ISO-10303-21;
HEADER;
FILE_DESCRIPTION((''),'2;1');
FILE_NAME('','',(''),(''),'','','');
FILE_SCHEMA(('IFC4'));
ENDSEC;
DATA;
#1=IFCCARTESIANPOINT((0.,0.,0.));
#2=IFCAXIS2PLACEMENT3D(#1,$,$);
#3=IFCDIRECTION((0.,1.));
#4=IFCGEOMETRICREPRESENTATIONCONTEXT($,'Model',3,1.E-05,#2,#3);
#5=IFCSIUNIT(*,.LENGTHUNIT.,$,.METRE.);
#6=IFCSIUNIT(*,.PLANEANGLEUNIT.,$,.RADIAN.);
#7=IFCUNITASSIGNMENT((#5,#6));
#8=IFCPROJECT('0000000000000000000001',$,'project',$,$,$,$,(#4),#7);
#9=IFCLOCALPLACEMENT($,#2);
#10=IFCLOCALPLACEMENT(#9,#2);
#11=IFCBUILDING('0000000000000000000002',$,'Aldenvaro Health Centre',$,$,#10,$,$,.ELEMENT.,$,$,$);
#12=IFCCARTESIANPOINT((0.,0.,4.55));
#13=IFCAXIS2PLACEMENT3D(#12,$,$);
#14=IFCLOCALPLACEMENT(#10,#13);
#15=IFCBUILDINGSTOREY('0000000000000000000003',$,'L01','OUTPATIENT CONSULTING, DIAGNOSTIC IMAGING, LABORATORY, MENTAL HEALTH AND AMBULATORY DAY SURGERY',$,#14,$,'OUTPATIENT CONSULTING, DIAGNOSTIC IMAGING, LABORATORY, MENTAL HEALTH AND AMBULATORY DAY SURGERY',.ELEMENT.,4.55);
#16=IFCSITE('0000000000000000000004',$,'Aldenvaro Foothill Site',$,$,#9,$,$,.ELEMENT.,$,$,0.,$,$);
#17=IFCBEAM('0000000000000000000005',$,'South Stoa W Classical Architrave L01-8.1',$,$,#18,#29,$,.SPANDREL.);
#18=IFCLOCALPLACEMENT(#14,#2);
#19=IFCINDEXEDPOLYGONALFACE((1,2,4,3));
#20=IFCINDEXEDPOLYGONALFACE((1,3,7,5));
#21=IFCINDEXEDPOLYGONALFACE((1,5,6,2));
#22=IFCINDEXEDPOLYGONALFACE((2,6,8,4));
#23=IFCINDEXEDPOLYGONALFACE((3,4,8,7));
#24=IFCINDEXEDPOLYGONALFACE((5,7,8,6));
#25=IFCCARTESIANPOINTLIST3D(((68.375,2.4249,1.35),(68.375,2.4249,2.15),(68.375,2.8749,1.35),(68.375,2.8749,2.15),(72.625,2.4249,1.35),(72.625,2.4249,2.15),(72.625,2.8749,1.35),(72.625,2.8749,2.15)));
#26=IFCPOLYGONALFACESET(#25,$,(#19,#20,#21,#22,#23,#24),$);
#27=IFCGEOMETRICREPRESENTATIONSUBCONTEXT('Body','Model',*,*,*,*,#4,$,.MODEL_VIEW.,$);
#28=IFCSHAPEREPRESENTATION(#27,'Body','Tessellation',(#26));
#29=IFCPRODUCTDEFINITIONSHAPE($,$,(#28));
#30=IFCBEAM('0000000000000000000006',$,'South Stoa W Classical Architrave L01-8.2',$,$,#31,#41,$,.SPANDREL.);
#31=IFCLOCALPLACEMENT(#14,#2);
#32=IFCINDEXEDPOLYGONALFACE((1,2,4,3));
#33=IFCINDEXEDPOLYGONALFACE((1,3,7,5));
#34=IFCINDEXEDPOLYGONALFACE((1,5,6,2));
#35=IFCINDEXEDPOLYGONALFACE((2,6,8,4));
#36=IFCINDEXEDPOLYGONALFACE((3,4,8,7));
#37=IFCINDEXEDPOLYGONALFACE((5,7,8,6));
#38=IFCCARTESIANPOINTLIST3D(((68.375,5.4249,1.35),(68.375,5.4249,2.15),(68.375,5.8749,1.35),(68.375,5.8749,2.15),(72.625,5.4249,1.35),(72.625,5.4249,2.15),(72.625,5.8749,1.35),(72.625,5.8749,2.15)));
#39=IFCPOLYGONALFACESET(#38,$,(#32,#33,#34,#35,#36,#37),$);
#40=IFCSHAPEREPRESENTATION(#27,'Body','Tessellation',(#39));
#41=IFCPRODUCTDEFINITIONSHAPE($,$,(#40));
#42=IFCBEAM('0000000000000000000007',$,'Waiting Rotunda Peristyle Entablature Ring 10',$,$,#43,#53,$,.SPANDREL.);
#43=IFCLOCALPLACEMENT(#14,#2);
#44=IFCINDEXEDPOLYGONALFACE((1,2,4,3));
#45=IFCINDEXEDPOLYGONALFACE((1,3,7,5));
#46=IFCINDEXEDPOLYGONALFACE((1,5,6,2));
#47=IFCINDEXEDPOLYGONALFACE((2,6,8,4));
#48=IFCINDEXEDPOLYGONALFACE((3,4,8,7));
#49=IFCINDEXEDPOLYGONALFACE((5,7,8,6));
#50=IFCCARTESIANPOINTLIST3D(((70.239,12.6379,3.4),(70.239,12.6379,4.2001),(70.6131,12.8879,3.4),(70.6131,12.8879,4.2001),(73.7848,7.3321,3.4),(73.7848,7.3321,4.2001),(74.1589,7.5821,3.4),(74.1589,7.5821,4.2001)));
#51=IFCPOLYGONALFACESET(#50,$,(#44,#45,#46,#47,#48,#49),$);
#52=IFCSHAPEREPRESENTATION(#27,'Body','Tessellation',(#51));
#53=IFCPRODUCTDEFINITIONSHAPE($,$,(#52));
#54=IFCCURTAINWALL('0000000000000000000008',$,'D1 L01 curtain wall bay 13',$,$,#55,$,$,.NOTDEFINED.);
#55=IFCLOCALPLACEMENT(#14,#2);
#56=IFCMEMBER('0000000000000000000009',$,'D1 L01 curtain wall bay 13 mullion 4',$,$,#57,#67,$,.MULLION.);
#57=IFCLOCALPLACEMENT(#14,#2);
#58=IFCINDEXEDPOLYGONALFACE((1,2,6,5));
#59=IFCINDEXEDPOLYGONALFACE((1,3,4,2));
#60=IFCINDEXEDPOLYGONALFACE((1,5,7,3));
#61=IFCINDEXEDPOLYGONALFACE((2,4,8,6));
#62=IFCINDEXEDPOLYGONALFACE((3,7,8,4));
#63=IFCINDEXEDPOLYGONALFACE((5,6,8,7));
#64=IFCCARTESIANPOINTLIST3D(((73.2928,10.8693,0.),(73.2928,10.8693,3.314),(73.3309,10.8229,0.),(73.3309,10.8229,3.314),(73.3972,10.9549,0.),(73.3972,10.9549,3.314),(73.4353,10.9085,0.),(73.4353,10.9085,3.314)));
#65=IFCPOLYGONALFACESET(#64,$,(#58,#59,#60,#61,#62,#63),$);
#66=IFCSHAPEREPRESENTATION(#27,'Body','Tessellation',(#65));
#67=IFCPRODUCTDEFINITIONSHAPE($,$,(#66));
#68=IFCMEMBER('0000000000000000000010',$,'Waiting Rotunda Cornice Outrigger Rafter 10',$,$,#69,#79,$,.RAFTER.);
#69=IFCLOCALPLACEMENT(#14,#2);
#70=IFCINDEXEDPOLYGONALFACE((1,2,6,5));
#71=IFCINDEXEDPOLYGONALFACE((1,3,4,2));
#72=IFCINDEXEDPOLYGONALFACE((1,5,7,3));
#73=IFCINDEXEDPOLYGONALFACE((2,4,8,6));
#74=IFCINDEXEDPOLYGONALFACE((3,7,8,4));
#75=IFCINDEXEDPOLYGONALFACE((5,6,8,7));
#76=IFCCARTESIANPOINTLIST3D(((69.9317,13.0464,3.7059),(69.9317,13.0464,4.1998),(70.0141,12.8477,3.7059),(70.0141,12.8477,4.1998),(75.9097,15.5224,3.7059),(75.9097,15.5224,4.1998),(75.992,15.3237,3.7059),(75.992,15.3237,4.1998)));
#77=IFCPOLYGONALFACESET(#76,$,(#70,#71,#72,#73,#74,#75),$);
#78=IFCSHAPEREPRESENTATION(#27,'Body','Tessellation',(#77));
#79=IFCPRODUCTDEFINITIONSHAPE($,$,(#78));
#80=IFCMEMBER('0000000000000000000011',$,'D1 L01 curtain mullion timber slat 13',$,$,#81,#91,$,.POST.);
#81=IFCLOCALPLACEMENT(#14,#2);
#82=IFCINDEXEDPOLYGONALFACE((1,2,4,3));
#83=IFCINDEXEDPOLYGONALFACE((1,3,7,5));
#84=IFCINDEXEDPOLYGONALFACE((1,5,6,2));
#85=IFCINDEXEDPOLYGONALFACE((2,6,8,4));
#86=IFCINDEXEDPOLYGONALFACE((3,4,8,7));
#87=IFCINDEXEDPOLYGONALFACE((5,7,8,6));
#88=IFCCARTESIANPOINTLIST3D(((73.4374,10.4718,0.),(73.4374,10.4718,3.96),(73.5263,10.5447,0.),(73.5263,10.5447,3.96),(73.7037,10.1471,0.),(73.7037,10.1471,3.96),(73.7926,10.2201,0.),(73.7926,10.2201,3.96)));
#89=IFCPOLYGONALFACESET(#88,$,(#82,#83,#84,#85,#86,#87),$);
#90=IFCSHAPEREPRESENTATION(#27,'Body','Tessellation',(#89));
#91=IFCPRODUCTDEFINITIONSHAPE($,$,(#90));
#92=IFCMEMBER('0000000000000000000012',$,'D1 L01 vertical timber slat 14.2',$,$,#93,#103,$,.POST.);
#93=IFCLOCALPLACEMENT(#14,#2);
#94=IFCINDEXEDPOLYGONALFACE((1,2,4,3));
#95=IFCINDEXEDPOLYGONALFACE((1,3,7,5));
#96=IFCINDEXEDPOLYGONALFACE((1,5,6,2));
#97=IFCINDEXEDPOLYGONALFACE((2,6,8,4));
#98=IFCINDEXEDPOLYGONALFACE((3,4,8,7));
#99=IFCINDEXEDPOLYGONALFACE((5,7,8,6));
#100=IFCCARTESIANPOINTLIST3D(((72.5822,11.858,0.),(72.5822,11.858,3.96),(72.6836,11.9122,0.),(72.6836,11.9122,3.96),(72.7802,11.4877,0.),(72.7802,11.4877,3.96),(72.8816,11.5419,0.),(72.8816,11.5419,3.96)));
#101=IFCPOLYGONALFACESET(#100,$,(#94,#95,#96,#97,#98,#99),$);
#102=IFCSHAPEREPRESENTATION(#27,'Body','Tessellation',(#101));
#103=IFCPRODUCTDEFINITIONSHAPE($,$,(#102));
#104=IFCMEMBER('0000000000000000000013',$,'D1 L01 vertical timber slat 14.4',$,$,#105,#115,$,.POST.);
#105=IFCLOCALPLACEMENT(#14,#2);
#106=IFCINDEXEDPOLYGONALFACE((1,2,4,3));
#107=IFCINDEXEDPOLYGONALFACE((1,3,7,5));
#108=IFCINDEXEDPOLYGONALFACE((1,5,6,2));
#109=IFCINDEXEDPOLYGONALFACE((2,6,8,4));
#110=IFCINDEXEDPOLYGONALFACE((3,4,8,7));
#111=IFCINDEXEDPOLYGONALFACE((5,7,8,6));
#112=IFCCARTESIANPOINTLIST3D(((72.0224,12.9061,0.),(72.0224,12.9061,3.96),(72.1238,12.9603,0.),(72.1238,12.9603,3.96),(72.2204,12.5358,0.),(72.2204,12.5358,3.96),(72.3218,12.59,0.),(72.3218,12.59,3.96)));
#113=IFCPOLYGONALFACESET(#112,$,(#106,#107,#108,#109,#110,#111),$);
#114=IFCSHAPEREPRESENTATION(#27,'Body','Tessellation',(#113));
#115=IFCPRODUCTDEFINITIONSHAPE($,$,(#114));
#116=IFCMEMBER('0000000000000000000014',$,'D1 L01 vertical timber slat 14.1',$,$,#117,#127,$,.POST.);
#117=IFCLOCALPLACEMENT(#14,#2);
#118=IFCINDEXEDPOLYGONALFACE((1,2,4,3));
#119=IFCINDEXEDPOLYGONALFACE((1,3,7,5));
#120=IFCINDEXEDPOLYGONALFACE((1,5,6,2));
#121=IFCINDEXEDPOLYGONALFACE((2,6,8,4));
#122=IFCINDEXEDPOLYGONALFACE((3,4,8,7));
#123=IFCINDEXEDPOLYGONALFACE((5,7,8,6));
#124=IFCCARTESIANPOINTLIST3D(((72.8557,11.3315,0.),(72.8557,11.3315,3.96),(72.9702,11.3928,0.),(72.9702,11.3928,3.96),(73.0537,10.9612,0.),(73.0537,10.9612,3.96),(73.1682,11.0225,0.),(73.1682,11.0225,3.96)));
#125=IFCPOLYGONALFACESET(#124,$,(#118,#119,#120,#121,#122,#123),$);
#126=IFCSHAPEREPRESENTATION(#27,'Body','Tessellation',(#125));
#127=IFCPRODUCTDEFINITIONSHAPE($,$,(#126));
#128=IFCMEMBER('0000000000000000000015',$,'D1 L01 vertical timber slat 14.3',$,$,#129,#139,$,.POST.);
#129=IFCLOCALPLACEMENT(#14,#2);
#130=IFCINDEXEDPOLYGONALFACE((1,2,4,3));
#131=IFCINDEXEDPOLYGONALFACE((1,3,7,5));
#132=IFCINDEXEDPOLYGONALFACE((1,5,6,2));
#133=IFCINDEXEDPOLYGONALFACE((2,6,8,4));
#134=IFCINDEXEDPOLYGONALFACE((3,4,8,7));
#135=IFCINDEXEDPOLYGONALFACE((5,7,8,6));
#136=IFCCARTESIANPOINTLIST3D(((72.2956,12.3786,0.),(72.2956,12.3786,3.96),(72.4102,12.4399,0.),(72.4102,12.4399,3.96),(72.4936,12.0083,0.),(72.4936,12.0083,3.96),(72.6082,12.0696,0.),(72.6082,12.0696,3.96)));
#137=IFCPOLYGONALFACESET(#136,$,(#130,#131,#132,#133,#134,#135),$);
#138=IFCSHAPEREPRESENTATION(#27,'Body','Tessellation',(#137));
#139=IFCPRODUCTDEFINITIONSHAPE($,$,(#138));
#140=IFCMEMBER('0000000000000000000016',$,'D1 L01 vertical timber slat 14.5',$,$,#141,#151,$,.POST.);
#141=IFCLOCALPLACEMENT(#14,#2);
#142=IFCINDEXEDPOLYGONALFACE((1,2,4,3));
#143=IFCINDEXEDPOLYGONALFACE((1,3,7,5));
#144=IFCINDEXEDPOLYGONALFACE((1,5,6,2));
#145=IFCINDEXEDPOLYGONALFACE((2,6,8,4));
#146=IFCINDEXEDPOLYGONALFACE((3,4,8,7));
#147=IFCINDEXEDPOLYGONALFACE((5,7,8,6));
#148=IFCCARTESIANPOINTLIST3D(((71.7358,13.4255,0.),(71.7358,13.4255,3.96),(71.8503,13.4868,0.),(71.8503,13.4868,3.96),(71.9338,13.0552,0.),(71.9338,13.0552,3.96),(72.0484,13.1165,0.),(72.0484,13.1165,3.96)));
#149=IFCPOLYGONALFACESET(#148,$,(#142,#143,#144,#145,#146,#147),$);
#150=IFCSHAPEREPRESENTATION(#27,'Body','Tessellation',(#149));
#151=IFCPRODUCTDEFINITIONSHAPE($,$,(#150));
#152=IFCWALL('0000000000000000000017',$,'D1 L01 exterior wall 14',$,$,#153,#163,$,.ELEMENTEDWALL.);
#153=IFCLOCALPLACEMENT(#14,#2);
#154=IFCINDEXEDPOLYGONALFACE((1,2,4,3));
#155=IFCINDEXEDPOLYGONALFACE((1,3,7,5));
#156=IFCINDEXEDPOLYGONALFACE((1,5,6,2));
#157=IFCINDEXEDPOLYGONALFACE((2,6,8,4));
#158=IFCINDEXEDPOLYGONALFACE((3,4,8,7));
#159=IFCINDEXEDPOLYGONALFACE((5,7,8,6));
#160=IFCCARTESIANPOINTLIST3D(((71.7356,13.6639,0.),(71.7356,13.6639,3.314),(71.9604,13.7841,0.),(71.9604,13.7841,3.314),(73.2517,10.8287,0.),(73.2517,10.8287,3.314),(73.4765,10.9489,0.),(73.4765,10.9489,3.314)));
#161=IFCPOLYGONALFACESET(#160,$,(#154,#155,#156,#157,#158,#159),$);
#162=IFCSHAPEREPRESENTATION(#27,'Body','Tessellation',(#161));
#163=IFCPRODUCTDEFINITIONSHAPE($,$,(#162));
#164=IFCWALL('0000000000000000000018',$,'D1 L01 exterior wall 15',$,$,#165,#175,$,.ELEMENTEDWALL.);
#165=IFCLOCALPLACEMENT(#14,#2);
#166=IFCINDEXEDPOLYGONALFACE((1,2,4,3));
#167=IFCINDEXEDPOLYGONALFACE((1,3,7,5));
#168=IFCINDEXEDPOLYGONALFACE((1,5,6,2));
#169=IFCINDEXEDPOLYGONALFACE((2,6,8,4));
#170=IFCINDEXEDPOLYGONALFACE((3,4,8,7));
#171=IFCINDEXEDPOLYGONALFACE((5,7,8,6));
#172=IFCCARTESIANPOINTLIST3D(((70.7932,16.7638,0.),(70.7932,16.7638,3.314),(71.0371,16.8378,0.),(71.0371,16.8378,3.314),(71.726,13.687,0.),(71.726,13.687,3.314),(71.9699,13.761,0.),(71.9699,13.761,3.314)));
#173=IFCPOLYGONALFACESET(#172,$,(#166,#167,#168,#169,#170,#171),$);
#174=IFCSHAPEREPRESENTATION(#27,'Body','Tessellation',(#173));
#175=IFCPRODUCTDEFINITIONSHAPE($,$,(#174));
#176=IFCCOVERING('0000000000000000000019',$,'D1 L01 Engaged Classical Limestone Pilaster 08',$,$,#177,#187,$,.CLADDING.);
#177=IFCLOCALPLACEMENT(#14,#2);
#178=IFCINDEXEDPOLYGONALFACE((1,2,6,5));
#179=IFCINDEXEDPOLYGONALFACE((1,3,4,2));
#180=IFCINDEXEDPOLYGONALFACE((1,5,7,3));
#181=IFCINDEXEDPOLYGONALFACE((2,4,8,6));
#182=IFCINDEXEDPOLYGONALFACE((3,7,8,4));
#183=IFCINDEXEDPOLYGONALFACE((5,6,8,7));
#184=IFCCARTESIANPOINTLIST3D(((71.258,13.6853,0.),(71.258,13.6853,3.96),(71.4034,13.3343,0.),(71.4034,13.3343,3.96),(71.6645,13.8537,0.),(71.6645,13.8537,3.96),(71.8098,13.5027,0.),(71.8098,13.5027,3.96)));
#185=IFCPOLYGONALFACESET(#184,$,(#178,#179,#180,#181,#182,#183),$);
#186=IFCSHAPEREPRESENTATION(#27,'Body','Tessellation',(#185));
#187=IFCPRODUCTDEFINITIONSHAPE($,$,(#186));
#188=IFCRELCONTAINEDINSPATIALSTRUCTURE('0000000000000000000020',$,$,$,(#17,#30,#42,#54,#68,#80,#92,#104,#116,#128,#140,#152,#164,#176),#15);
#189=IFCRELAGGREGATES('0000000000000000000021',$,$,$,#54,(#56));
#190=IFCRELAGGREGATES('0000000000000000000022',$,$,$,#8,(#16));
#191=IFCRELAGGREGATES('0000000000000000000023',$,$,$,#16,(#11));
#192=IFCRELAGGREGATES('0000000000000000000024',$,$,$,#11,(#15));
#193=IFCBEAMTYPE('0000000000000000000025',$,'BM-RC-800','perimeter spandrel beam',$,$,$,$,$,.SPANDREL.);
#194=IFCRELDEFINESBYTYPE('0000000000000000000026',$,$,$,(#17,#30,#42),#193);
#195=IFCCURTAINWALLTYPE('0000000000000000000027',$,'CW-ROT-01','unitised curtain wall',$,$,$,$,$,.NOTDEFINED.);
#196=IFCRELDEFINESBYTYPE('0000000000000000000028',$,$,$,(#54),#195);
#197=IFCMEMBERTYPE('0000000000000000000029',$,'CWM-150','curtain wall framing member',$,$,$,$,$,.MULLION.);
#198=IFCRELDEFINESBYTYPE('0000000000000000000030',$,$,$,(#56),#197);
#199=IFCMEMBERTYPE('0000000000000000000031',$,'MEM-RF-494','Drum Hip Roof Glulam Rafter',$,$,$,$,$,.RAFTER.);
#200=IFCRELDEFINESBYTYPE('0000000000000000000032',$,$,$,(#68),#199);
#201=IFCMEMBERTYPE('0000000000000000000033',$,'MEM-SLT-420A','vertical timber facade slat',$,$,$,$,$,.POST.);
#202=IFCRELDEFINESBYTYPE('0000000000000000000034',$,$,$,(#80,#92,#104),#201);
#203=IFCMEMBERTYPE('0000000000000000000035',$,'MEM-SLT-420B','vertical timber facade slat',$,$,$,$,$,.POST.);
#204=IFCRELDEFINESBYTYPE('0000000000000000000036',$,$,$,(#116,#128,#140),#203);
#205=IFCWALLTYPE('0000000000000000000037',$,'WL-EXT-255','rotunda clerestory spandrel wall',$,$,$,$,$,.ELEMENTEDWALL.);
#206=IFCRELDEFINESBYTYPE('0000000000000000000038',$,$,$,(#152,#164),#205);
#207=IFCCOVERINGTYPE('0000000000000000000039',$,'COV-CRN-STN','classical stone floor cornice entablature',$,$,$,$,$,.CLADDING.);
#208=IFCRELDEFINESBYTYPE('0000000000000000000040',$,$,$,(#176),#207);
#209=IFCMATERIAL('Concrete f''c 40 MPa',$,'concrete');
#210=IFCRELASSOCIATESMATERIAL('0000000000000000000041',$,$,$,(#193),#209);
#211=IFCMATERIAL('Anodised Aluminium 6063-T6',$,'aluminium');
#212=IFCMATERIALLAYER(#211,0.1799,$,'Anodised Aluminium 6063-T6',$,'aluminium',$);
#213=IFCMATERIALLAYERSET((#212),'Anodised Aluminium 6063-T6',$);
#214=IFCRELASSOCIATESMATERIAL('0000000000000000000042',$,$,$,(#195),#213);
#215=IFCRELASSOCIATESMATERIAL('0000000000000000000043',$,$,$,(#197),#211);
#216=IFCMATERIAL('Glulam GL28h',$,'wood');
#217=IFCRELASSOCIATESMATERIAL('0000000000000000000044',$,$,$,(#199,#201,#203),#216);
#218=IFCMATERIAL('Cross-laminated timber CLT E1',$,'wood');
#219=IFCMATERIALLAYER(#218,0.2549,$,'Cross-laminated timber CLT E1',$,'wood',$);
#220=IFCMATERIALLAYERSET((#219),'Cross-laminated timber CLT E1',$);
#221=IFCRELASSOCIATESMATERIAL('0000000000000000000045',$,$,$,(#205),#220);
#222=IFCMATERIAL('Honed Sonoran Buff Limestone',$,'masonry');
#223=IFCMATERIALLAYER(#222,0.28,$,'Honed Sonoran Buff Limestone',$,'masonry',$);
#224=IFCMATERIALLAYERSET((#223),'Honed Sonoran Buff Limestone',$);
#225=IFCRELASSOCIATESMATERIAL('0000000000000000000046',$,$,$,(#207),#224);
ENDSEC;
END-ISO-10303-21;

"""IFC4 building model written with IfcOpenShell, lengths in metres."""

from ifc_helpers import new_model, si_unit, direction, frame, frame_2d, origin, origin_2d, place, context, subcontext, project, spatial, rectangle, extrude, material, layer, layer_set, material_profile, profile_set, type_object, element, aggregate, save


model = new_model("IFC4")

# Units and contexts
model_context = context("Model", 3, precision=1e-05, world=origin(), true_north=direction((0.0, 1.0)))
body_context = subcontext(model_context, "Body", "Model", "MODEL_VIEW")
ifc_project = project(units=[si_unit("LENGTHUNIT", "METRE"), si_unit("PLANEANGLEUNIT", "RADIAN")], contexts=[model_context])

# Site, building, storey
site_placement = place(None, origin())
site = spatial("IfcSite", under=ifc_project, at=site_placement, Name="Aldenvaro Foothill Site", CompositionType="ELEMENT", RefElevation=0.0)
building_placement = place(site_placement, origin())
building = spatial("IfcBuilding", under=site, at=building_placement, Name="Aldenvaro Health Centre", CompositionType="ELEMENT")
storey_placement = place(building_placement, frame((0.0, 0.0, 4.55)))
storey = spatial("IfcBuildingStorey", under=building, at=storey_placement, Name="L01", Description="OUTPATIENT CONSULTING, DIAGNOSTIC IMAGING, LABORATORY, MENTAL HEALTH AND AMBULATORY DAY SURGERY", LongName="OUTPATIENT CONSULTING, DIAGNOSTIC IMAGING, LABORATORY, MENTAL HEALTH AND AMBULATORY DAY SURGERY", CompositionType="ELEMENT", Elevation=4.55)

# Shared definitions
ifc_material_1 = material(Name="Glulam GL28h", Category="wood")
ifc_material_2 = material(Name="Concrete f'c 40 MPa", Category="concrete")

# Beams
ifc_material_profile_1 = material_profile(ifc_material_2, rectangle(XDim=0.45, YDim=0.8, at=origin_2d()), Name="RC 450x800", Category="concrete")
ifc_profile_set_1 = profile_set([ifc_material_profile_1], Name="Concrete f'c 40 MPa")
beam_type_1 = type_object("IfcBeamType", Name="BM-RC-800", Description="perimeter spandrel beam", PredefinedType="SPANDREL", material=ifc_profile_set_1)
for number, where, z_axis, x_axis, name in (
    (1, (68.375, 2.6499, 1.75), (1.0, 0.0, 0.0), (0.0, 1.0, 0.0), "South Stoa W Classical Architrave L01-8.1"),
    (2, (68.375, 5.6499, 1.75), (1.0, 0.0, 0.0), (0.0, 1.0, 0.0), "South Stoa W Classical Architrave L01-8.2"),
):
    element("IfcBeam", number, at=place(storey_placement, frame(where, z_axis=z_axis, x_axis=x_axis)), inside=storey, type_object=beam_type_1, Name=name, PredefinedType="SPANDREL", context=body_context, shape_type="SweptSolid", body=[
        extrude(rectangle(XDim=0.45, YDim=0.8, at=origin_2d()), origin(), (0.0, 0.0, 1.0), 4.25),
    ])
beam_1_placement = place(storey_placement, frame((70.426, 12.7629, 3.8), z_axis=(0.555636, -0.831426, 0.0), x_axis=(0.831426, 0.555636, 0.0)))
element("IfcBeam", 3, at=beam_1_placement, inside=storey, type_object=beam_type_1, Name="Waiting Rotunda Peristyle Entablature Ring 10", PredefinedType="SPANDREL", context=body_context, shape_type="SweptSolid", body=[
    extrude(rectangle(XDim=0.45, YDim=0.8, at=origin_2d()), origin(), (0.0, 0.0, 1.0), 6.3816),
])

# Curtain wall, member
ifc_material_3 = material(Name="Anodised Aluminium 6063-T6", Category="aluminium")
ifc_layer_1 = layer(ifc_material_3, 0.1799, Name="Anodised Aluminium 6063-T6", Category="aluminium")
ifc_layer_set_1 = layer_set([ifc_layer_1], Name="Anodised Aluminium 6063-T6")
curtain_wall_type = type_object("IfcCurtainWallType", Name="CW-ROT-01", Description="unitised curtain wall", PredefinedType="NOTDEFINED", material=ifc_layer_set_1)
curtain_wall_placement = place(storey_placement, origin())
curtain_wall = element("IfcCurtainWall", 4, at=curtain_wall_placement, inside=storey, type_object=curtain_wall_type, Name="D1 L01 curtain wall bay 13", PredefinedType="NOTDEFINED")
ifc_material_profile_2 = material_profile(ifc_material_3, rectangle(XDim=0.0601, YDim=0.135, at=origin_2d()), Name="ALU 60x135", Category="aluminium")
ifc_profile_set_2 = profile_set([ifc_material_profile_2], Name="Anodised Aluminium 6063-T6")
member_type_1 = type_object("IfcMemberType", Name="CWM-150", Description="curtain wall framing member", PredefinedType="MULLION", material=ifc_profile_set_2)
member_1_placement = place(storey_placement, frame((73.364, 10.8889, 0.0), z_axis=(0.0, 0.0, 1.0), x_axis=(-0.634169, 0.773195, 0.0)))
member_1 = element("IfcMember", 5, at=member_1_placement, type_object=member_type_1, Name="D1 L01 curtain wall bay 13 mullion 4", PredefinedType="MULLION", context=body_context, shape_type="SweptSolid", body=[
    extrude(rectangle(XDim=0.0601, YDim=0.135, at=origin_2d()), origin(), (0.0, 0.0, 1.0), 3.314),
])
aggregate(curtain_wall, [member_1])

# Members
ifc_material_profile_3 = material_profile(ifc_material_1, rectangle(XDim=0.2151, YDim=0.4939, at=origin_2d()), Name="GL 215x494", Category="wood")
ifc_profile_set_3 = profile_set([ifc_material_profile_3], Name="Glulam GL28h")
member_type_2 = type_object("IfcMemberType", Name="MEM-RF-494", Description="Drum Hip Roof Glulam Rafter", PredefinedType="RAFTER", material=ifc_profile_set_3)
member_2_placement = place(storey_placement, frame((69.9729, 12.947, 3.9529), z_axis=(0.923885, 0.382669, 0.0), x_axis=(-0.382669, 0.923885, 0.0)))
element("IfcMember", 6, at=member_2_placement, inside=storey, type_object=member_type_2, Name="Waiting Rotunda Cornice Outrigger Rafter 10", PredefinedType="RAFTER", context=body_context, shape_type="SweptSolid", body=[
    extrude(rectangle(XDim=0.2151, YDim=0.4939, at=origin_2d()), origin(), (0.0, 0.0, 1.0), 6.4705),
])
ifc_material_profile_4 = material_profile(ifc_material_1, rectangle(XDim=0.115, YDim=0.4199, at=origin_2d()), Name="GL 115x420", Category="wood")
ifc_profile_set_4 = profile_set([ifc_material_profile_4], Name="Glulam GL28h")
member_type_3 = type_object("IfcMemberType", Name="MEM-SLT-420A", Description="vertical timber facade slat", PredefinedType="POST", material=ifc_profile_set_4)
for number, where, z_axis, x_axis, name in (
    (7, (73.615, 10.3459, 0.0), (0.0, 0.0, 1.0), (-0.773195, -0.634169, 0.0), "D1 L01 curtain mullion timber slat 13"),
    (8, (72.7319, 11.7, 0.0), (0.0, 0.0, 1.0), (-0.881836, -0.471557, 0.0), "D1 L01 vertical timber slat 14.2"),
    (9, (72.1721, 12.748, 0.0), (0.0, 0.0, 1.0), (-0.881836, -0.471557, 0.0), "D1 L01 vertical timber slat 14.4"),
):
    element("IfcMember", number, at=place(storey_placement, frame(where, z_axis=z_axis, x_axis=x_axis)), inside=storey, type_object=member_type_3, Name=name, PredefinedType="POST", context=body_context, shape_type="SweptSolid", body=[
        extrude(rectangle(XDim=0.115, YDim=0.4199, at=origin_2d()), origin(), (0.0, 0.0, 1.0), 3.96),
    ])
ifc_material_profile_5 = material_profile(ifc_material_1, rectangle(XDim=0.1299, YDim=0.4199, at=origin_2d()), Name="GL 130x420", Category="wood")
ifc_profile_set_5 = profile_set([ifc_material_profile_5], Name="Glulam GL28h")
member_type_4 = type_object("IfcMemberType", Name="MEM-SLT-420B", Description="vertical timber facade slat", PredefinedType="POST", material=ifc_profile_set_5)
for number, where, z_axis, x_axis, name in (
    (10, (73.012, 11.177, 0.0), (0.0, 0.0, 1.0), (-0.881836, -0.471557, 0.0), "D1 L01 vertical timber slat 14.1"),
    (11, (72.4519, 12.2241, 0.0), (0.0, 0.0, 1.0), (-0.881836, -0.471557, 0.0), "D1 L01 vertical timber slat 14.3"),
    (12, (71.8921, 13.271, 0.0), (0.0, 0.0, 1.0), (-0.881836, -0.471557, 0.0), "D1 L01 vertical timber slat 14.5"),
):
    element("IfcMember", number, at=place(storey_placement, frame(where, z_axis=z_axis, x_axis=x_axis)), inside=storey, type_object=member_type_4, Name=name, PredefinedType="POST", context=body_context, shape_type="SweptSolid", body=[
        extrude(rectangle(XDim=0.1299, YDim=0.4199, at=origin_2d()), origin(), (0.0, 0.0, 1.0), 3.96),
    ])

# Walls
ifc_material_4 = material(Name="Cross-laminated timber CLT E1", Category="wood")
ifc_layer_2 = layer(ifc_material_4, 0.2549, Name="Cross-laminated timber CLT E1", Category="wood")
ifc_layer_set_2 = layer_set([ifc_layer_2], Name="Cross-laminated timber CLT E1")
wall_type = type_object("IfcWallType", Name="WL-EXT-255", Description="rotunda clerestory spandrel wall", PredefinedType="ELEMENTEDWALL", material=ifc_layer_set_2)
for number, where, z_axis, x_axis, name in (
    (13, (73.364, 10.8889, 0.0), (0.0, 0.0, 1.0), (-0.471558, 0.881835, 0.0), "D1 L01 exterior wall 14"),
    (14, (71.8479, 13.7241, 0.0), (0.0, 0.0, 1.0), (-0.29014, 0.956984, 0.0), "D1 L01 exterior wall 15"),
):
    element("IfcWall", number, at=place(storey_placement, frame(where, z_axis=z_axis, x_axis=x_axis)), inside=storey, type_object=wall_type, Name=name, PredefinedType="ELEMENTEDWALL", context=body_context, shape_type="SweptSolid", body=[
        extrude(rectangle(XDim=3.2151, YDim=0.2549, at=frame_2d((1.6074, 0.0))), origin(), (0.0, 0.0, 1.0), 3.314),
    ])

# Covering
ifc_material_5 = material(Name="Honed Sonoran Buff Limestone", Category="masonry")
ifc_layer_3 = layer(ifc_material_5, 0.28, Name="Honed Sonoran Buff Limestone", Category="masonry")
ifc_layer_set_3 = layer_set([ifc_layer_3], Name="Honed Sonoran Buff Limestone")
covering_type = type_object("IfcCoveringType", Name="COV-CRN-STN", Description="classical stone floor cornice entablature", PredefinedType="CLADDING", material=ifc_layer_set_3)
covering_placement = place(storey_placement, frame((71.5339, 13.594, 0.0), z_axis=(0.0, 0.0, 1.0), x_axis=(-0.923883, -0.382675, 0.0)))
element("IfcCovering", 15, at=covering_placement, inside=storey, type_object=covering_type, Name="D1 L01 Engaged Classical Limestone Pilaster 08", PredefinedType="CLADDING", context=body_context, shape_type="SweptSolid", body=[
    extrude(rectangle(XDim=0.4399, YDim=0.3799, at=origin_2d()), origin(), (0.0, 0.0, 1.0), 3.96),
])

save(model, "model.ifc")
